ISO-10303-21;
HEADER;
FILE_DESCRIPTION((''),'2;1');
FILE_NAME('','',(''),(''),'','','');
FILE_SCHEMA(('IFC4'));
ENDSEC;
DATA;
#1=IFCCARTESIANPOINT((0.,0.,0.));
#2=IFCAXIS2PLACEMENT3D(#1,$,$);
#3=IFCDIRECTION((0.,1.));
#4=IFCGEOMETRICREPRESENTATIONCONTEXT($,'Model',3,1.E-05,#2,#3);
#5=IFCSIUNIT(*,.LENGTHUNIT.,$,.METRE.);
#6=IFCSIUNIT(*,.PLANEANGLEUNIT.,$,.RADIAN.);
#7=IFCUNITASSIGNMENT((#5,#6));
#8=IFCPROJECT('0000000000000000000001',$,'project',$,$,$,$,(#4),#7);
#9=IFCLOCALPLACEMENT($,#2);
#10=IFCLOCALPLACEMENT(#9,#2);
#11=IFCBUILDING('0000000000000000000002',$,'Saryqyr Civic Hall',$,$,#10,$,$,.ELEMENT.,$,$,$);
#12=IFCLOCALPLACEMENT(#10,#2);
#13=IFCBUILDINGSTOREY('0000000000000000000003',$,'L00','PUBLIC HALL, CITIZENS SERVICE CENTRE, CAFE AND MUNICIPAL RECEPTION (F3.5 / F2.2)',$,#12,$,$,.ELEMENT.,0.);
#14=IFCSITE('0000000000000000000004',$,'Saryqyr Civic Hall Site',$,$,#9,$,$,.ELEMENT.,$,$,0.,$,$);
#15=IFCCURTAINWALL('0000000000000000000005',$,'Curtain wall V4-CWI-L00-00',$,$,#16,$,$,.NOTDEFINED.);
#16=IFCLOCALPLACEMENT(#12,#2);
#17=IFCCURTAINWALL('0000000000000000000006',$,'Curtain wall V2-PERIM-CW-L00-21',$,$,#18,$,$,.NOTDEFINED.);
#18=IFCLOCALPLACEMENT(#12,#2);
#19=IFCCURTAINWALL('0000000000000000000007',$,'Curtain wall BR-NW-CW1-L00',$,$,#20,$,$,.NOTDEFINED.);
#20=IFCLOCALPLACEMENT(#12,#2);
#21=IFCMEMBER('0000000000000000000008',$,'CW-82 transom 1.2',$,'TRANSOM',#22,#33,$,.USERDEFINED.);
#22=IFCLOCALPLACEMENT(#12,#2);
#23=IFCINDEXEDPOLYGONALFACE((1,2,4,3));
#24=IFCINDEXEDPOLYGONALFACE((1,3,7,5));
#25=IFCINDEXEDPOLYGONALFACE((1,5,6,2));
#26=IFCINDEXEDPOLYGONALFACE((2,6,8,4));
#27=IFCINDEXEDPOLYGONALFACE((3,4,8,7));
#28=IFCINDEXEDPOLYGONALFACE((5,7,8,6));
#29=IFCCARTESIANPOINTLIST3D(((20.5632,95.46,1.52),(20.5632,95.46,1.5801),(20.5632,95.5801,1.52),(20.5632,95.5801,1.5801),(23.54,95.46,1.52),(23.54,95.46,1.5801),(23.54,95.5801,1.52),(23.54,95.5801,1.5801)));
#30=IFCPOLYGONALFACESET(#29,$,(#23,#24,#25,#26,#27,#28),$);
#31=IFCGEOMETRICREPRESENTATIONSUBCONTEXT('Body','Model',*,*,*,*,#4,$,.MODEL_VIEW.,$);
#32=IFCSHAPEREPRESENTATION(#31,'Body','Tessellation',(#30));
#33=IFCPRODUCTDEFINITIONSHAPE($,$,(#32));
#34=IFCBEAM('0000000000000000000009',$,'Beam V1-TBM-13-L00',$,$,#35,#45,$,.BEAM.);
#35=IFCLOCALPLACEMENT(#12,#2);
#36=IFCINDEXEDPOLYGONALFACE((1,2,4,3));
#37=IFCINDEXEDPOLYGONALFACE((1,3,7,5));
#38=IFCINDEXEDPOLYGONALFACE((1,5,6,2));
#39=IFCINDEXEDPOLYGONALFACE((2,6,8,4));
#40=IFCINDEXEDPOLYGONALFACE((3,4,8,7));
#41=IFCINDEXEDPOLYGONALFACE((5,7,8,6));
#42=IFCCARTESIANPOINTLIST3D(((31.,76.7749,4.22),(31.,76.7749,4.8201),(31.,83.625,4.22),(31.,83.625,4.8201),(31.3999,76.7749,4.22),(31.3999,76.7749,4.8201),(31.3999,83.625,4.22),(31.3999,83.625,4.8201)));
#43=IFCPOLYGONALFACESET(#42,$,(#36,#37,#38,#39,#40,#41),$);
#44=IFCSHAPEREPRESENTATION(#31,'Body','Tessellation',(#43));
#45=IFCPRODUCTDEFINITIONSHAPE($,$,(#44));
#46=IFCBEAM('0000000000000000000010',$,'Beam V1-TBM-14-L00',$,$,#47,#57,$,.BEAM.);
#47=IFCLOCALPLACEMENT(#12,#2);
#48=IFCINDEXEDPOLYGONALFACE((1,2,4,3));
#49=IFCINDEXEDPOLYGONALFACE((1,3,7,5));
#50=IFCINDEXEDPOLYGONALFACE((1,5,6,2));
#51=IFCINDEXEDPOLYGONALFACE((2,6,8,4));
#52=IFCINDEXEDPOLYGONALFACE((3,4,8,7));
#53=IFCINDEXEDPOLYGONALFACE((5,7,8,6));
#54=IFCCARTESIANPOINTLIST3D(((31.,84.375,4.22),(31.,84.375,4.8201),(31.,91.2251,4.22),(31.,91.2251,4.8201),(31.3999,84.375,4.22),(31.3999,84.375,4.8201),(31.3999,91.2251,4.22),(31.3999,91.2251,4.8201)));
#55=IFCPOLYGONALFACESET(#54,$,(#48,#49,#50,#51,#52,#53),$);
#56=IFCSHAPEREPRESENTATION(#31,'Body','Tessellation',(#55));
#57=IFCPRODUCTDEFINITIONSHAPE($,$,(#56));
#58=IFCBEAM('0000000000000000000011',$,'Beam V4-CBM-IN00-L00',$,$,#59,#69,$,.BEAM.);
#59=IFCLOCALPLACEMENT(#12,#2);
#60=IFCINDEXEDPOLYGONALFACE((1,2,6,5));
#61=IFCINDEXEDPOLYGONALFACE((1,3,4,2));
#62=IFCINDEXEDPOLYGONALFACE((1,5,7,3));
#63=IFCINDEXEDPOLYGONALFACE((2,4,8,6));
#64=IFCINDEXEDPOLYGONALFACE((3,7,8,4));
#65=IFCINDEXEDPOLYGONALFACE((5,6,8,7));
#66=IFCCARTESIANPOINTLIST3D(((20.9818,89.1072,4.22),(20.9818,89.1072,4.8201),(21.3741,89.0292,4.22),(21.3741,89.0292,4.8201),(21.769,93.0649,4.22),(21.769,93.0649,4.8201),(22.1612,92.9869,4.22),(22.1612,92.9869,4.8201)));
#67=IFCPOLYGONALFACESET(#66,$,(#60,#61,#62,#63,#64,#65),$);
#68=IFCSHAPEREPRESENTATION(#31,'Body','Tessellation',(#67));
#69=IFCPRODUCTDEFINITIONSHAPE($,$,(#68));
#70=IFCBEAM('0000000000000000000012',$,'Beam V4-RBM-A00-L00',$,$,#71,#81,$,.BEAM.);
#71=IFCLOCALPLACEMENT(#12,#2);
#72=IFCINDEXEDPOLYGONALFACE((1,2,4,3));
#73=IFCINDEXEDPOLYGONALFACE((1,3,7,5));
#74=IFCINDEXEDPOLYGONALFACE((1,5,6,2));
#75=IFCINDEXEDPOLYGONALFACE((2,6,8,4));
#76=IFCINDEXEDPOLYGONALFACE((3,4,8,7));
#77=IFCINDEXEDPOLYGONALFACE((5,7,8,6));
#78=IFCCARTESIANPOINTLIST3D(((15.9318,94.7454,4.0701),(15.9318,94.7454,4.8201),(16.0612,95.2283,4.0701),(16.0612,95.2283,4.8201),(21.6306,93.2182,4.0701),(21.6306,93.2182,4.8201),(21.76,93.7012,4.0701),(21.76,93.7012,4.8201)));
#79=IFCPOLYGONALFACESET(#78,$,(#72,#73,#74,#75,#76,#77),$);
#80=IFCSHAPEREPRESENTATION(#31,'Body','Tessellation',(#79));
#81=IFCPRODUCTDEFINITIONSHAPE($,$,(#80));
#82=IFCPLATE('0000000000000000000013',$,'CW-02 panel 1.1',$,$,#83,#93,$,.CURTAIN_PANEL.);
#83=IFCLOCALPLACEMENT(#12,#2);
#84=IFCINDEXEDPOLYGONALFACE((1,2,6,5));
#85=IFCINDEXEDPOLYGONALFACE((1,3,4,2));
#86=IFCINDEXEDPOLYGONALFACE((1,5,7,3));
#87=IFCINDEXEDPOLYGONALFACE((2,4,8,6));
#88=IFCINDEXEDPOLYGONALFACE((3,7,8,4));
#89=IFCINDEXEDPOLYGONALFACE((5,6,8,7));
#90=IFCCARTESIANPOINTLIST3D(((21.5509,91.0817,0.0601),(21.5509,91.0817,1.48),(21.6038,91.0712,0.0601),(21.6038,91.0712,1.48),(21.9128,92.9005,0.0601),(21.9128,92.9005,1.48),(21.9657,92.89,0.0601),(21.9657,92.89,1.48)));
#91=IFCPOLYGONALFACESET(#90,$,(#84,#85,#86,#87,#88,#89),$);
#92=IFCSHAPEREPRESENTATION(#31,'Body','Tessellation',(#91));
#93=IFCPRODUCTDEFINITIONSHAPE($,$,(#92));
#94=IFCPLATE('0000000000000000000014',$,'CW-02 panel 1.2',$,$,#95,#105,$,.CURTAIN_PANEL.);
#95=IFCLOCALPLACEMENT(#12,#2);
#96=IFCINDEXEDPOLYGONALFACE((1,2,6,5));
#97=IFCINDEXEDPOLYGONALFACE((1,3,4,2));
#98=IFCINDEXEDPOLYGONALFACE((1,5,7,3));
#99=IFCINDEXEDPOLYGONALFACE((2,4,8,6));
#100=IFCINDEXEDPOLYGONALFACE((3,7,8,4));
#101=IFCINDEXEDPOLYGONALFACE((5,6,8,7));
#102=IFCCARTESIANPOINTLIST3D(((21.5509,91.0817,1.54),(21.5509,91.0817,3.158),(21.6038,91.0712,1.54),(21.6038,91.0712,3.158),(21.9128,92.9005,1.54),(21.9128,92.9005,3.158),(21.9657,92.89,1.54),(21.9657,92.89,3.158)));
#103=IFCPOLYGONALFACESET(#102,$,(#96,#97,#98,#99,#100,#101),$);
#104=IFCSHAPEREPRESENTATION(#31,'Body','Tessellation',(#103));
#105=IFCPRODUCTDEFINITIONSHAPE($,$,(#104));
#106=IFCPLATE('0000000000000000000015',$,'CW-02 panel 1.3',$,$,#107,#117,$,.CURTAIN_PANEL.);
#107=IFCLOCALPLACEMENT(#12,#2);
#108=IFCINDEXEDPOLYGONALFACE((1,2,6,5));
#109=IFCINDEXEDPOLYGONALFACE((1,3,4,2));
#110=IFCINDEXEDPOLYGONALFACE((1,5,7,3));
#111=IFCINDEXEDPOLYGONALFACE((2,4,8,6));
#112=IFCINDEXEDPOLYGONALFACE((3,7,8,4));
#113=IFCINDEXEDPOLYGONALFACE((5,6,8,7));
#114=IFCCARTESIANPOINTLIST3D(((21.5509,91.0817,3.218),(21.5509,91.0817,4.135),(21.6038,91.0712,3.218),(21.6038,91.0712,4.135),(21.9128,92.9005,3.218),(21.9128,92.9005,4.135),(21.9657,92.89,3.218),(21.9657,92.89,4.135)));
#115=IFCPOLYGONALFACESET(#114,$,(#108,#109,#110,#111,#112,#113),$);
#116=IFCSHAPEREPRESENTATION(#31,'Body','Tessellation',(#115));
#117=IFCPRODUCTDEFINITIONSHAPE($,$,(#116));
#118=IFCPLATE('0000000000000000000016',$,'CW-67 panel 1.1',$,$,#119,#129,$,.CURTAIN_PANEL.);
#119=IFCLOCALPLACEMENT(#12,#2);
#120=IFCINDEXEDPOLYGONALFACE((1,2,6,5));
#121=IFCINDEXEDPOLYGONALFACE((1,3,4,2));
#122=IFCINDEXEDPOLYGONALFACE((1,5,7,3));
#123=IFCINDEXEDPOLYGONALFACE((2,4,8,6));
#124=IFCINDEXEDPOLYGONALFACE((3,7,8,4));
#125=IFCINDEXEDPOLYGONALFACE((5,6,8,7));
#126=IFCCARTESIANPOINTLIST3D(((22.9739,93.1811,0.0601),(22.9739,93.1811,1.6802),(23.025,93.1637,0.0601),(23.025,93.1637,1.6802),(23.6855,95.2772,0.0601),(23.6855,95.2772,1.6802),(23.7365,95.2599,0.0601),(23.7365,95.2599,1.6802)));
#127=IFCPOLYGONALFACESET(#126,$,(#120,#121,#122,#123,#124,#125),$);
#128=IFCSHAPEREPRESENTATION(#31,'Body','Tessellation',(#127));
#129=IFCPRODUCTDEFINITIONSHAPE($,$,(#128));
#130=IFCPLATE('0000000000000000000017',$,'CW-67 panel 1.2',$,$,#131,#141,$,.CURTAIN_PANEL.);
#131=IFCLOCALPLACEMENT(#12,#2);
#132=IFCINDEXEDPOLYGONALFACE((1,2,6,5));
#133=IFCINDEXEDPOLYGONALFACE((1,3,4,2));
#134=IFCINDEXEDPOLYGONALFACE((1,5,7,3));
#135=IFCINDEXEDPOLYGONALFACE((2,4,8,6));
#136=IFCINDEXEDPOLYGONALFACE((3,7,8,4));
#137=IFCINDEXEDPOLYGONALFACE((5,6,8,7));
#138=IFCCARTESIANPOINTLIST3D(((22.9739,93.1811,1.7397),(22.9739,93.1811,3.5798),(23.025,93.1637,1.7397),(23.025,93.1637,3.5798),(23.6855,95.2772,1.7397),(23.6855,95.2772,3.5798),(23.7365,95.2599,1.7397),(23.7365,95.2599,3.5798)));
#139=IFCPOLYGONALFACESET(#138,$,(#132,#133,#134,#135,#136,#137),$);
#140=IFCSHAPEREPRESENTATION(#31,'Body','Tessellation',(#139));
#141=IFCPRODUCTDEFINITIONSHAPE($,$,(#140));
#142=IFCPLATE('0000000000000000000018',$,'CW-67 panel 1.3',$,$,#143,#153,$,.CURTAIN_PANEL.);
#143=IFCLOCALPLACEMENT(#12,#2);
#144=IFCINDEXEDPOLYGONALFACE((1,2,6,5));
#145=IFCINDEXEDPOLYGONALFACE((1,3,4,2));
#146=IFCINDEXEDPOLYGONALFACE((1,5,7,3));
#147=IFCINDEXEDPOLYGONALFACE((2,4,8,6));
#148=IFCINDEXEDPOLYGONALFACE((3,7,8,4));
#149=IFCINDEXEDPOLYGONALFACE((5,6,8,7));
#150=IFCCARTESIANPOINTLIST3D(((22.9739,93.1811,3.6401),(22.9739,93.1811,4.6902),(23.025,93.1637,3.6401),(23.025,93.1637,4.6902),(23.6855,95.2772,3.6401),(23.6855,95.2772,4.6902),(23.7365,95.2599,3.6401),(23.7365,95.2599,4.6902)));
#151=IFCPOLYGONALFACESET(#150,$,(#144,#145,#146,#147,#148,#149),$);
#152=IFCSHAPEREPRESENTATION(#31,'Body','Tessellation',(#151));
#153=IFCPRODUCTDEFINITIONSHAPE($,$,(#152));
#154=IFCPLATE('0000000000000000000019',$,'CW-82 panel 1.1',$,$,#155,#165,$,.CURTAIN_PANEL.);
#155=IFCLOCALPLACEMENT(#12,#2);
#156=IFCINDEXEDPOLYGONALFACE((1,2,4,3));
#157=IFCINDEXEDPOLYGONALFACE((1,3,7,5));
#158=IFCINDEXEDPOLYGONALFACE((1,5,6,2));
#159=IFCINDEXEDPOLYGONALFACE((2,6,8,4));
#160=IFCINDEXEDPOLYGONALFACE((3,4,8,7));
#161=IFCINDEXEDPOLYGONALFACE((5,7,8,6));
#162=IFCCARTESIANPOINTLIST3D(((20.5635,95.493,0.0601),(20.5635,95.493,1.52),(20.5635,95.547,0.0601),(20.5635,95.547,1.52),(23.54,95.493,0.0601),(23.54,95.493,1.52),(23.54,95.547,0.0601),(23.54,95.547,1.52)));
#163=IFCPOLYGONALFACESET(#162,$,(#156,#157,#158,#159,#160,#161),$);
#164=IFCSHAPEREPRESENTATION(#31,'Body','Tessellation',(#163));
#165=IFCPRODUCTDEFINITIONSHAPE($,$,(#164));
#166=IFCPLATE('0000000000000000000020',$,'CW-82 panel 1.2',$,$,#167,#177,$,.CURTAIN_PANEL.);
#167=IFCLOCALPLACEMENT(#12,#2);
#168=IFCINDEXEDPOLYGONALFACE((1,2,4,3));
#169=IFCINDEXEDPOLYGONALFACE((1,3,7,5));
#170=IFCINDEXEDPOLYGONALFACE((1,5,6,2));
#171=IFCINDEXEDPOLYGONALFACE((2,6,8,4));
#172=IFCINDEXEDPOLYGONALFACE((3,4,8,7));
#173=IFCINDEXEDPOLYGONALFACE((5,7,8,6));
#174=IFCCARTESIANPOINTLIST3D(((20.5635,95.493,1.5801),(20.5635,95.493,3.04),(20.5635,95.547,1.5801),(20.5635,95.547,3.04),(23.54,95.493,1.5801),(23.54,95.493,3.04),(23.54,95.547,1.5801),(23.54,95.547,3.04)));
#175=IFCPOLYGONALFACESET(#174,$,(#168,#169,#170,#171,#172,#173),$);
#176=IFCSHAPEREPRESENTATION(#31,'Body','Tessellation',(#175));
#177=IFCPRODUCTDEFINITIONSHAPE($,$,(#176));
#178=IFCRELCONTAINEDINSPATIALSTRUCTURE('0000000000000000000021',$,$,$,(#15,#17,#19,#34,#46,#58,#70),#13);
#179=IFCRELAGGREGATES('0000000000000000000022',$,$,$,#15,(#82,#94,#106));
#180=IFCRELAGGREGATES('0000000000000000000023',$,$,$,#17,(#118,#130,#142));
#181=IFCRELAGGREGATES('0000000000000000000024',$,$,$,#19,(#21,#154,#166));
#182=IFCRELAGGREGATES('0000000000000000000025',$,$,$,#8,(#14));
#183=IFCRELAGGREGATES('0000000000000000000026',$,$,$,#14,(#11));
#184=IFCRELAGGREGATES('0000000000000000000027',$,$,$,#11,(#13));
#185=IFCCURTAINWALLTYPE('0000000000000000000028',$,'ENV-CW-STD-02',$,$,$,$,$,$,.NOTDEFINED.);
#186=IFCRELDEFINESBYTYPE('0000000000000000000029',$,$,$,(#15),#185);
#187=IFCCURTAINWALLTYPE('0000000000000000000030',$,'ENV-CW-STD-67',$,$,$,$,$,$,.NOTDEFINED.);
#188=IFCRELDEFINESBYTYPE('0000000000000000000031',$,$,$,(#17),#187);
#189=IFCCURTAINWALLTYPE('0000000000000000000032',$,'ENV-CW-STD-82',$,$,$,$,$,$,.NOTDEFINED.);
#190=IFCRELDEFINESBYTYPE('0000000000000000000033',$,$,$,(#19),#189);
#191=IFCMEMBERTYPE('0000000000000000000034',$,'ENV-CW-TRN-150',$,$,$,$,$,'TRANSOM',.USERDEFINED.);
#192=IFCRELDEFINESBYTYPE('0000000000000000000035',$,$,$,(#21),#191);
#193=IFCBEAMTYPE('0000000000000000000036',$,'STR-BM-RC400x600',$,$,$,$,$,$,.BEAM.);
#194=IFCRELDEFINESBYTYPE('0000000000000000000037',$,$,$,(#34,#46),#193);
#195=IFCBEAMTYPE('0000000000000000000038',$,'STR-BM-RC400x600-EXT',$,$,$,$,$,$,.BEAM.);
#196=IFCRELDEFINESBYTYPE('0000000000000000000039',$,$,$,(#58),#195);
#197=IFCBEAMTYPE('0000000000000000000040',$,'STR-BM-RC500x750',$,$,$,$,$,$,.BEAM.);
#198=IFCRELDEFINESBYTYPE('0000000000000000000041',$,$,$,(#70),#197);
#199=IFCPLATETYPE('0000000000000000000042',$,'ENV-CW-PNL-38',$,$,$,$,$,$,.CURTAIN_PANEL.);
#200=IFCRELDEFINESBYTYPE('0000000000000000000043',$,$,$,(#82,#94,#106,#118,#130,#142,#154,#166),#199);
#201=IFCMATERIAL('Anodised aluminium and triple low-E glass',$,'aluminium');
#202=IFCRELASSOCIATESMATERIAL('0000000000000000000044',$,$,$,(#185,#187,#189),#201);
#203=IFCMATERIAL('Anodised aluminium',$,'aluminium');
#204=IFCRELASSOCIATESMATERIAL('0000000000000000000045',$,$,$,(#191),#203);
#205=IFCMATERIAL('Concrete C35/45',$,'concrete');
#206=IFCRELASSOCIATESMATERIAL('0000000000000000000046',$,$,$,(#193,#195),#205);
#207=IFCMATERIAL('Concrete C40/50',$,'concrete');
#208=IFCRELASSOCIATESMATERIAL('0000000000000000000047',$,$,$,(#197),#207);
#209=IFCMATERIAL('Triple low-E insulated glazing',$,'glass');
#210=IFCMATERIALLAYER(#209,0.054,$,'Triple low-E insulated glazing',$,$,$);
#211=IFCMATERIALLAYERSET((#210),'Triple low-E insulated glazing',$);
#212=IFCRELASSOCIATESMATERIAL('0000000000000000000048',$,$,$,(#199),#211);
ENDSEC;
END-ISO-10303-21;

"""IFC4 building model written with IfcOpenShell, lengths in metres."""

from ifc_helpers import new_model, si_unit, direction, frame, origin, origin_2d, place, context, subcontext, project, spatial, rectangle, extrude, material, layer, layer_set, material_profile, profile_set, type_object, element, aggregate, save


model = new_model("IFC4")

# Units and contexts
model_context = context("Model", 3, precision=1e-05, world=origin(), true_north=direction((0.0, 1.0)))
body_context = subcontext(model_context, "Body", "Model", "MODEL_VIEW")
ifc_project = project(units=[si_unit("LENGTHUNIT", "METRE"), si_unit("PLANEANGLEUNIT", "RADIAN")], contexts=[model_context])

# Site, building, storey
site_placement = place(None, origin())
site = spatial("IfcSite", under=ifc_project, at=site_placement, Name="Saryqyr Civic Hall Site", CompositionType="ELEMENT", RefElevation=0.0)
building_placement = place(site_placement, origin())
building = spatial("IfcBuilding", under=site, at=building_placement, Name="Saryqyr Civic Hall", CompositionType="ELEMENT")
storey_placement = place(building_placement, origin())
storey = spatial("IfcBuildingStorey", under=building, at=storey_placement, Name="L00", Description="PUBLIC HALL, CITIZENS SERVICE CENTRE, CAFE AND MUNICIPAL RECEPTION (F3.5 / F2.2)", CompositionType="ELEMENT", Elevation=0.0)

# Shared definitions
ifc_material_1 = material(Name="Concrete C40/50", Category="concrete")

# Curtain wall
ifc_material_2 = material(Name="Anodised aluminium and triple low-E glass", Category="aluminium")
curtain_wall_type_1 = type_object("IfcCurtainWallType", Name="ENV-CW-STD-02", PredefinedType="NOTDEFINED", material=ifc_material_2)
curtain_wall_1_placement = place(storey_placement, origin())
curtain_wall_1 = element("IfcCurtainWall", 1, at=curtain_wall_1_placement, inside=storey, type_object=curtain_wall_type_1, Name="Curtain wall V4-CWI-L00-00", PredefinedType="NOTDEFINED")
ifc_material_3 = material(Name="Anodised aluminium", Category="aluminium")

# Curtain wall
curtain_wall_type_2 = type_object("IfcCurtainWallType", Name="ENV-CW-STD-67", PredefinedType="NOTDEFINED", material=ifc_material_2)
curtain_wall_2_placement = place(storey_placement, origin())
curtain_wall_2 = element("IfcCurtainWall", 2, at=curtain_wall_2_placement, inside=storey, type_object=curtain_wall_type_2, Name="Curtain wall V2-PERIM-CW-L00-21", PredefinedType="NOTDEFINED")

# Shared definitions
ifc_material_profile_1 = material_profile(ifc_material_3, rectangle(XDim=0.1201, YDim=0.0601, at=origin_2d()), Name="ALU TRANSOM 120x60")
ifc_profile_set_1 = profile_set([ifc_material_profile_1], Name="Anodised aluminium")
member_type_1 = type_object("IfcMemberType", Name="ENV-CW-TRN-150", ElementType="TRANSOM", PredefinedType="USERDEFINED", material=ifc_profile_set_1)

# Curtain wall, member
curtain_wall_type_3 = type_object("IfcCurtainWallType", Name="ENV-CW-STD-82", PredefinedType="NOTDEFINED", material=ifc_material_2)
curtain_wall_3_placement = place(storey_placement, origin())
curtain_wall_3 = element("IfcCurtainWall", 3, at=curtain_wall_3_placement, inside=storey, type_object=curtain_wall_type_3, Name="Curtain wall BR-NW-CW1-L00", PredefinedType="NOTDEFINED")
member_1_placement = place(storey_placement, frame((23.54, 95.52, 1.55), z_axis=(-1.0, 0.0, 0.0), x_axis=(0.0, -1.0, 0.0)))
member_1 = element("IfcMember", 4, at=member_1_placement, type_object=member_type_1, Name="CW-82 transom 1.2", ObjectType="TRANSOM", PredefinedType="USERDEFINED", context=body_context, shape_type="SweptSolid", body=[
    extrude(rectangle(XDim=0.1201, YDim=0.0601, at=origin_2d()), origin(), (0.0, 0.0, 1.0), 2.9768),
])

# Beams
ifc_material_4 = material(Name="Concrete C35/45", Category="concrete")
ifc_material_profile_2 = material_profile(ifc_material_4, rectangle(XDim=0.3999, YDim=0.6001, at=origin_2d()), Name="RC 400x600")
ifc_profile_set_2 = profile_set([ifc_material_profile_2], Name="Concrete C35/45")
beam_type_1 = type_object("IfcBeamType", Name="STR-BM-RC400x600", PredefinedType="BEAM", material=ifc_profile_set_2)
for number, where, z_axis, x_axis, name in (
    (5, (31.2, 76.7749, 4.52), (0.0, 1.0, 0.0), (-1.0, 0.0, 0.0), "Beam V1-TBM-13-L00"),
    (6, (31.2, 84.375, 4.52), (0.0, 1.0, 0.0), (-1.0, 0.0, 0.0), "Beam V1-TBM-14-L00"),
):
    element("IfcBeam", number, at=place(storey_placement, frame(where, z_axis=z_axis, x_axis=x_axis)), inside=storey, type_object=beam_type_1, Name=name, PredefinedType="BEAM", context=body_context, shape_type="SweptSolid", body=[
        extrude(rectangle(XDim=0.3999, YDim=0.6001, at=origin_2d()), origin(), (0.0, 0.0, 1.0), 6.8501),
    ])
ifc_material_profile_3 = material_profile(ifc_material_4, rectangle(XDim=0.3999, YDim=0.6001, at=origin_2d()), Name="RC 400x600")
ifc_profile_set_3 = profile_set([ifc_material_profile_3], Name="Concrete C35/45")
beam_type_2 = type_object("IfcBeamType", Name="STR-BM-RC400x600-EXT", PredefinedType="BEAM", material=ifc_profile_set_3)
beam_1_placement = place(storey_placement, frame((21.9651, 93.0259, 4.52), z_axis=(-0.195069, -0.98079, 0.0), x_axis=(0.98079, -0.195069, 0.0)))
element("IfcBeam", 7, at=beam_1_placement, inside=storey, type_object=beam_type_2, Name="Beam V4-CBM-IN00-L00", PredefinedType="BEAM", context=body_context, shape_type="SweptSolid", body=[
    extrude(rectangle(XDim=0.3999, YDim=0.6001, at=origin_2d()), origin(), (0.0, 0.0, 1.0), 4.0352),
])
ifc_material_profile_4 = material_profile(ifc_material_1, rectangle(XDim=0.5, YDim=0.75, at=origin_2d()), Name="RC 500x750")
ifc_profile_set_4 = profile_set([ifc_material_profile_4], Name="Concrete C40/50")
beam_type_3 = type_object("IfcBeamType", Name="STR-BM-RC500x750", PredefinedType="BEAM", material=ifc_profile_set_4)
beam_2_placement = place(storey_placement, frame((21.6953, 93.4597, 4.4451), z_axis=(-0.96592, 0.25884, 0.0), x_axis=(-0.25884, -0.96592, 0.0)))
element("IfcBeam", 8, at=beam_2_placement, inside=storey, type_object=beam_type_3, Name="Beam V4-RBM-A00-L00", PredefinedType="BEAM", context=body_context, shape_type="SweptSolid", body=[
    extrude(rectangle(XDim=0.5, YDim=0.75, at=origin_2d()), origin(), (0.0, 0.0, 1.0), 5.8999),
])

# Plates
ifc_material_5 = material(Name="Triple low-E insulated glazing", Category="glass")
ifc_layer_1 = layer(ifc_material_5, 0.054, Name="Triple low-E insulated glazing")
ifc_layer_set_1 = layer_set([ifc_layer_1], Name="Triple low-E insulated glazing")
plate_type = type_object("IfcPlateType", Name="ENV-CW-PNL-38", PredefinedType="CURTAIN_PANEL", material=ifc_layer_set_1)
plate_1_placement = place(storey_placement, frame((21.7583, 91.9858, 0.0601), z_axis=(0.0, 0.0, 1.0), x_axis=(-0.195117, -0.98078, 0.0)))
plate_1 = element("IfcPlate", 9, at=plate_1_placement, type_object=plate_type, Name="CW-02 panel 1.1", PredefinedType="CURTAIN_PANEL", context=body_context, shape_type="SweptSolid", body=[
    extrude(rectangle(XDim=1.8545, YDim=0.054, at=origin_2d()), origin(), (0.0, 0.0, 1.0), 1.4199),
])
plate_2_placement = place(storey_placement, frame((21.7583, 91.9858, 1.54), z_axis=(0.0, 0.0, 1.0), x_axis=(-0.195117, -0.98078, 0.0)))
plate_2 = element("IfcPlate", 10, at=plate_2_placement, type_object=plate_type, Name="CW-02 panel 1.2", PredefinedType="CURTAIN_PANEL", context=body_context, shape_type="SweptSolid", body=[
    extrude(rectangle(XDim=1.8545, YDim=0.054, at=origin_2d()), origin(), (0.0, 0.0, 1.0), 1.6179),
])
plate_3_placement = place(storey_placement, frame((21.7583, 91.9858, 3.218), z_axis=(0.0, 0.0, 1.0), x_axis=(-0.195117, -0.98078, 0.0)))
plate_3 = element("IfcPlate", 11, at=plate_3_placement, type_object=plate_type, Name="CW-02 panel 1.3", PredefinedType="CURTAIN_PANEL", context=body_context, shape_type="SweptSolid", body=[
    extrude(rectangle(XDim=1.8545, YDim=0.054, at=origin_2d()), origin(), (0.0, 0.0, 1.0), 0.917),
])
aggregate(curtain_wall_1, [plate_1, plate_2, plate_3])
plate_4_placement = place(storey_placement, frame((23.3552, 94.2205, 0.0601), z_axis=(0.0, 0.0, 1.0), x_axis=(0.321445, 0.946928, 0.0)))
plate_4 = element("IfcPlate", 12, at=plate_4_placement, type_object=plate_type, Name="CW-67 panel 1.1", PredefinedType="CURTAIN_PANEL", context=body_context, shape_type="SweptSolid", body=[
    extrude(rectangle(XDim=2.2136, YDim=0.054, at=origin_2d()), origin(), (0.0, 0.0, 1.0), 1.6201),
])
plate_5_placement = place(storey_placement, frame((23.3552, 94.2205, 1.7397), z_axis=(0.0, 0.0, 1.0), x_axis=(0.321445, 0.946928, 0.0)))
plate_5 = element("IfcPlate", 13, at=plate_5_placement, type_object=plate_type, Name="CW-67 panel 1.2", PredefinedType="CURTAIN_PANEL", context=body_context, shape_type="SweptSolid", body=[
    extrude(rectangle(XDim=2.2136, YDim=0.054, at=origin_2d()), origin(), (0.0, 0.0, 1.0), 1.8401),
])
plate_6_placement = place(storey_placement, frame((23.3552, 94.2205, 3.6401), z_axis=(0.0, 0.0, 1.0), x_axis=(0.321445, 0.946928, 0.0)))
plate_6 = element("IfcPlate", 14, at=plate_6_placement, type_object=plate_type, Name="CW-67 panel 1.3", PredefinedType="CURTAIN_PANEL", context=body_context, shape_type="SweptSolid", body=[
    extrude(rectangle(XDim=2.2136, YDim=0.054, at=origin_2d()), origin(), (0.0, 0.0, 1.0), 1.05),
])
aggregate(curtain_wall_2, [plate_4, plate_5, plate_6])
plate_7_placement = place(storey_placement, frame((22.0518, 95.52, 0.0601), z_axis=(0.0, 0.0, 1.0), x_axis=(-1.0, 0.0, 0.0)))
plate_7 = element("IfcPlate", 15, at=plate_7_placement, type_object=plate_type, Name="CW-82 panel 1.1", PredefinedType="CURTAIN_PANEL", context=body_context, shape_type="SweptSolid", body=[
    extrude(rectangle(XDim=2.9766, YDim=0.054, at=origin_2d()), origin(), (0.0, 0.0, 1.0), 1.46),
])
plate_8_placement = place(storey_placement, frame((22.0518, 95.52, 1.5801), z_axis=(0.0, 0.0, 1.0), x_axis=(-1.0, 0.0, 0.0)))
plate_8 = element("IfcPlate", 16, at=plate_8_placement, type_object=plate_type, Name="CW-82 panel 1.2", PredefinedType="CURTAIN_PANEL", context=body_context, shape_type="SweptSolid", body=[
    extrude(rectangle(XDim=2.9766, YDim=0.054, at=origin_2d()), origin(), (0.0, 0.0, 1.0), 1.46),
])
aggregate(curtain_wall_3, [member_1, plate_7, plate_8])

save(model, "model.ifc")
